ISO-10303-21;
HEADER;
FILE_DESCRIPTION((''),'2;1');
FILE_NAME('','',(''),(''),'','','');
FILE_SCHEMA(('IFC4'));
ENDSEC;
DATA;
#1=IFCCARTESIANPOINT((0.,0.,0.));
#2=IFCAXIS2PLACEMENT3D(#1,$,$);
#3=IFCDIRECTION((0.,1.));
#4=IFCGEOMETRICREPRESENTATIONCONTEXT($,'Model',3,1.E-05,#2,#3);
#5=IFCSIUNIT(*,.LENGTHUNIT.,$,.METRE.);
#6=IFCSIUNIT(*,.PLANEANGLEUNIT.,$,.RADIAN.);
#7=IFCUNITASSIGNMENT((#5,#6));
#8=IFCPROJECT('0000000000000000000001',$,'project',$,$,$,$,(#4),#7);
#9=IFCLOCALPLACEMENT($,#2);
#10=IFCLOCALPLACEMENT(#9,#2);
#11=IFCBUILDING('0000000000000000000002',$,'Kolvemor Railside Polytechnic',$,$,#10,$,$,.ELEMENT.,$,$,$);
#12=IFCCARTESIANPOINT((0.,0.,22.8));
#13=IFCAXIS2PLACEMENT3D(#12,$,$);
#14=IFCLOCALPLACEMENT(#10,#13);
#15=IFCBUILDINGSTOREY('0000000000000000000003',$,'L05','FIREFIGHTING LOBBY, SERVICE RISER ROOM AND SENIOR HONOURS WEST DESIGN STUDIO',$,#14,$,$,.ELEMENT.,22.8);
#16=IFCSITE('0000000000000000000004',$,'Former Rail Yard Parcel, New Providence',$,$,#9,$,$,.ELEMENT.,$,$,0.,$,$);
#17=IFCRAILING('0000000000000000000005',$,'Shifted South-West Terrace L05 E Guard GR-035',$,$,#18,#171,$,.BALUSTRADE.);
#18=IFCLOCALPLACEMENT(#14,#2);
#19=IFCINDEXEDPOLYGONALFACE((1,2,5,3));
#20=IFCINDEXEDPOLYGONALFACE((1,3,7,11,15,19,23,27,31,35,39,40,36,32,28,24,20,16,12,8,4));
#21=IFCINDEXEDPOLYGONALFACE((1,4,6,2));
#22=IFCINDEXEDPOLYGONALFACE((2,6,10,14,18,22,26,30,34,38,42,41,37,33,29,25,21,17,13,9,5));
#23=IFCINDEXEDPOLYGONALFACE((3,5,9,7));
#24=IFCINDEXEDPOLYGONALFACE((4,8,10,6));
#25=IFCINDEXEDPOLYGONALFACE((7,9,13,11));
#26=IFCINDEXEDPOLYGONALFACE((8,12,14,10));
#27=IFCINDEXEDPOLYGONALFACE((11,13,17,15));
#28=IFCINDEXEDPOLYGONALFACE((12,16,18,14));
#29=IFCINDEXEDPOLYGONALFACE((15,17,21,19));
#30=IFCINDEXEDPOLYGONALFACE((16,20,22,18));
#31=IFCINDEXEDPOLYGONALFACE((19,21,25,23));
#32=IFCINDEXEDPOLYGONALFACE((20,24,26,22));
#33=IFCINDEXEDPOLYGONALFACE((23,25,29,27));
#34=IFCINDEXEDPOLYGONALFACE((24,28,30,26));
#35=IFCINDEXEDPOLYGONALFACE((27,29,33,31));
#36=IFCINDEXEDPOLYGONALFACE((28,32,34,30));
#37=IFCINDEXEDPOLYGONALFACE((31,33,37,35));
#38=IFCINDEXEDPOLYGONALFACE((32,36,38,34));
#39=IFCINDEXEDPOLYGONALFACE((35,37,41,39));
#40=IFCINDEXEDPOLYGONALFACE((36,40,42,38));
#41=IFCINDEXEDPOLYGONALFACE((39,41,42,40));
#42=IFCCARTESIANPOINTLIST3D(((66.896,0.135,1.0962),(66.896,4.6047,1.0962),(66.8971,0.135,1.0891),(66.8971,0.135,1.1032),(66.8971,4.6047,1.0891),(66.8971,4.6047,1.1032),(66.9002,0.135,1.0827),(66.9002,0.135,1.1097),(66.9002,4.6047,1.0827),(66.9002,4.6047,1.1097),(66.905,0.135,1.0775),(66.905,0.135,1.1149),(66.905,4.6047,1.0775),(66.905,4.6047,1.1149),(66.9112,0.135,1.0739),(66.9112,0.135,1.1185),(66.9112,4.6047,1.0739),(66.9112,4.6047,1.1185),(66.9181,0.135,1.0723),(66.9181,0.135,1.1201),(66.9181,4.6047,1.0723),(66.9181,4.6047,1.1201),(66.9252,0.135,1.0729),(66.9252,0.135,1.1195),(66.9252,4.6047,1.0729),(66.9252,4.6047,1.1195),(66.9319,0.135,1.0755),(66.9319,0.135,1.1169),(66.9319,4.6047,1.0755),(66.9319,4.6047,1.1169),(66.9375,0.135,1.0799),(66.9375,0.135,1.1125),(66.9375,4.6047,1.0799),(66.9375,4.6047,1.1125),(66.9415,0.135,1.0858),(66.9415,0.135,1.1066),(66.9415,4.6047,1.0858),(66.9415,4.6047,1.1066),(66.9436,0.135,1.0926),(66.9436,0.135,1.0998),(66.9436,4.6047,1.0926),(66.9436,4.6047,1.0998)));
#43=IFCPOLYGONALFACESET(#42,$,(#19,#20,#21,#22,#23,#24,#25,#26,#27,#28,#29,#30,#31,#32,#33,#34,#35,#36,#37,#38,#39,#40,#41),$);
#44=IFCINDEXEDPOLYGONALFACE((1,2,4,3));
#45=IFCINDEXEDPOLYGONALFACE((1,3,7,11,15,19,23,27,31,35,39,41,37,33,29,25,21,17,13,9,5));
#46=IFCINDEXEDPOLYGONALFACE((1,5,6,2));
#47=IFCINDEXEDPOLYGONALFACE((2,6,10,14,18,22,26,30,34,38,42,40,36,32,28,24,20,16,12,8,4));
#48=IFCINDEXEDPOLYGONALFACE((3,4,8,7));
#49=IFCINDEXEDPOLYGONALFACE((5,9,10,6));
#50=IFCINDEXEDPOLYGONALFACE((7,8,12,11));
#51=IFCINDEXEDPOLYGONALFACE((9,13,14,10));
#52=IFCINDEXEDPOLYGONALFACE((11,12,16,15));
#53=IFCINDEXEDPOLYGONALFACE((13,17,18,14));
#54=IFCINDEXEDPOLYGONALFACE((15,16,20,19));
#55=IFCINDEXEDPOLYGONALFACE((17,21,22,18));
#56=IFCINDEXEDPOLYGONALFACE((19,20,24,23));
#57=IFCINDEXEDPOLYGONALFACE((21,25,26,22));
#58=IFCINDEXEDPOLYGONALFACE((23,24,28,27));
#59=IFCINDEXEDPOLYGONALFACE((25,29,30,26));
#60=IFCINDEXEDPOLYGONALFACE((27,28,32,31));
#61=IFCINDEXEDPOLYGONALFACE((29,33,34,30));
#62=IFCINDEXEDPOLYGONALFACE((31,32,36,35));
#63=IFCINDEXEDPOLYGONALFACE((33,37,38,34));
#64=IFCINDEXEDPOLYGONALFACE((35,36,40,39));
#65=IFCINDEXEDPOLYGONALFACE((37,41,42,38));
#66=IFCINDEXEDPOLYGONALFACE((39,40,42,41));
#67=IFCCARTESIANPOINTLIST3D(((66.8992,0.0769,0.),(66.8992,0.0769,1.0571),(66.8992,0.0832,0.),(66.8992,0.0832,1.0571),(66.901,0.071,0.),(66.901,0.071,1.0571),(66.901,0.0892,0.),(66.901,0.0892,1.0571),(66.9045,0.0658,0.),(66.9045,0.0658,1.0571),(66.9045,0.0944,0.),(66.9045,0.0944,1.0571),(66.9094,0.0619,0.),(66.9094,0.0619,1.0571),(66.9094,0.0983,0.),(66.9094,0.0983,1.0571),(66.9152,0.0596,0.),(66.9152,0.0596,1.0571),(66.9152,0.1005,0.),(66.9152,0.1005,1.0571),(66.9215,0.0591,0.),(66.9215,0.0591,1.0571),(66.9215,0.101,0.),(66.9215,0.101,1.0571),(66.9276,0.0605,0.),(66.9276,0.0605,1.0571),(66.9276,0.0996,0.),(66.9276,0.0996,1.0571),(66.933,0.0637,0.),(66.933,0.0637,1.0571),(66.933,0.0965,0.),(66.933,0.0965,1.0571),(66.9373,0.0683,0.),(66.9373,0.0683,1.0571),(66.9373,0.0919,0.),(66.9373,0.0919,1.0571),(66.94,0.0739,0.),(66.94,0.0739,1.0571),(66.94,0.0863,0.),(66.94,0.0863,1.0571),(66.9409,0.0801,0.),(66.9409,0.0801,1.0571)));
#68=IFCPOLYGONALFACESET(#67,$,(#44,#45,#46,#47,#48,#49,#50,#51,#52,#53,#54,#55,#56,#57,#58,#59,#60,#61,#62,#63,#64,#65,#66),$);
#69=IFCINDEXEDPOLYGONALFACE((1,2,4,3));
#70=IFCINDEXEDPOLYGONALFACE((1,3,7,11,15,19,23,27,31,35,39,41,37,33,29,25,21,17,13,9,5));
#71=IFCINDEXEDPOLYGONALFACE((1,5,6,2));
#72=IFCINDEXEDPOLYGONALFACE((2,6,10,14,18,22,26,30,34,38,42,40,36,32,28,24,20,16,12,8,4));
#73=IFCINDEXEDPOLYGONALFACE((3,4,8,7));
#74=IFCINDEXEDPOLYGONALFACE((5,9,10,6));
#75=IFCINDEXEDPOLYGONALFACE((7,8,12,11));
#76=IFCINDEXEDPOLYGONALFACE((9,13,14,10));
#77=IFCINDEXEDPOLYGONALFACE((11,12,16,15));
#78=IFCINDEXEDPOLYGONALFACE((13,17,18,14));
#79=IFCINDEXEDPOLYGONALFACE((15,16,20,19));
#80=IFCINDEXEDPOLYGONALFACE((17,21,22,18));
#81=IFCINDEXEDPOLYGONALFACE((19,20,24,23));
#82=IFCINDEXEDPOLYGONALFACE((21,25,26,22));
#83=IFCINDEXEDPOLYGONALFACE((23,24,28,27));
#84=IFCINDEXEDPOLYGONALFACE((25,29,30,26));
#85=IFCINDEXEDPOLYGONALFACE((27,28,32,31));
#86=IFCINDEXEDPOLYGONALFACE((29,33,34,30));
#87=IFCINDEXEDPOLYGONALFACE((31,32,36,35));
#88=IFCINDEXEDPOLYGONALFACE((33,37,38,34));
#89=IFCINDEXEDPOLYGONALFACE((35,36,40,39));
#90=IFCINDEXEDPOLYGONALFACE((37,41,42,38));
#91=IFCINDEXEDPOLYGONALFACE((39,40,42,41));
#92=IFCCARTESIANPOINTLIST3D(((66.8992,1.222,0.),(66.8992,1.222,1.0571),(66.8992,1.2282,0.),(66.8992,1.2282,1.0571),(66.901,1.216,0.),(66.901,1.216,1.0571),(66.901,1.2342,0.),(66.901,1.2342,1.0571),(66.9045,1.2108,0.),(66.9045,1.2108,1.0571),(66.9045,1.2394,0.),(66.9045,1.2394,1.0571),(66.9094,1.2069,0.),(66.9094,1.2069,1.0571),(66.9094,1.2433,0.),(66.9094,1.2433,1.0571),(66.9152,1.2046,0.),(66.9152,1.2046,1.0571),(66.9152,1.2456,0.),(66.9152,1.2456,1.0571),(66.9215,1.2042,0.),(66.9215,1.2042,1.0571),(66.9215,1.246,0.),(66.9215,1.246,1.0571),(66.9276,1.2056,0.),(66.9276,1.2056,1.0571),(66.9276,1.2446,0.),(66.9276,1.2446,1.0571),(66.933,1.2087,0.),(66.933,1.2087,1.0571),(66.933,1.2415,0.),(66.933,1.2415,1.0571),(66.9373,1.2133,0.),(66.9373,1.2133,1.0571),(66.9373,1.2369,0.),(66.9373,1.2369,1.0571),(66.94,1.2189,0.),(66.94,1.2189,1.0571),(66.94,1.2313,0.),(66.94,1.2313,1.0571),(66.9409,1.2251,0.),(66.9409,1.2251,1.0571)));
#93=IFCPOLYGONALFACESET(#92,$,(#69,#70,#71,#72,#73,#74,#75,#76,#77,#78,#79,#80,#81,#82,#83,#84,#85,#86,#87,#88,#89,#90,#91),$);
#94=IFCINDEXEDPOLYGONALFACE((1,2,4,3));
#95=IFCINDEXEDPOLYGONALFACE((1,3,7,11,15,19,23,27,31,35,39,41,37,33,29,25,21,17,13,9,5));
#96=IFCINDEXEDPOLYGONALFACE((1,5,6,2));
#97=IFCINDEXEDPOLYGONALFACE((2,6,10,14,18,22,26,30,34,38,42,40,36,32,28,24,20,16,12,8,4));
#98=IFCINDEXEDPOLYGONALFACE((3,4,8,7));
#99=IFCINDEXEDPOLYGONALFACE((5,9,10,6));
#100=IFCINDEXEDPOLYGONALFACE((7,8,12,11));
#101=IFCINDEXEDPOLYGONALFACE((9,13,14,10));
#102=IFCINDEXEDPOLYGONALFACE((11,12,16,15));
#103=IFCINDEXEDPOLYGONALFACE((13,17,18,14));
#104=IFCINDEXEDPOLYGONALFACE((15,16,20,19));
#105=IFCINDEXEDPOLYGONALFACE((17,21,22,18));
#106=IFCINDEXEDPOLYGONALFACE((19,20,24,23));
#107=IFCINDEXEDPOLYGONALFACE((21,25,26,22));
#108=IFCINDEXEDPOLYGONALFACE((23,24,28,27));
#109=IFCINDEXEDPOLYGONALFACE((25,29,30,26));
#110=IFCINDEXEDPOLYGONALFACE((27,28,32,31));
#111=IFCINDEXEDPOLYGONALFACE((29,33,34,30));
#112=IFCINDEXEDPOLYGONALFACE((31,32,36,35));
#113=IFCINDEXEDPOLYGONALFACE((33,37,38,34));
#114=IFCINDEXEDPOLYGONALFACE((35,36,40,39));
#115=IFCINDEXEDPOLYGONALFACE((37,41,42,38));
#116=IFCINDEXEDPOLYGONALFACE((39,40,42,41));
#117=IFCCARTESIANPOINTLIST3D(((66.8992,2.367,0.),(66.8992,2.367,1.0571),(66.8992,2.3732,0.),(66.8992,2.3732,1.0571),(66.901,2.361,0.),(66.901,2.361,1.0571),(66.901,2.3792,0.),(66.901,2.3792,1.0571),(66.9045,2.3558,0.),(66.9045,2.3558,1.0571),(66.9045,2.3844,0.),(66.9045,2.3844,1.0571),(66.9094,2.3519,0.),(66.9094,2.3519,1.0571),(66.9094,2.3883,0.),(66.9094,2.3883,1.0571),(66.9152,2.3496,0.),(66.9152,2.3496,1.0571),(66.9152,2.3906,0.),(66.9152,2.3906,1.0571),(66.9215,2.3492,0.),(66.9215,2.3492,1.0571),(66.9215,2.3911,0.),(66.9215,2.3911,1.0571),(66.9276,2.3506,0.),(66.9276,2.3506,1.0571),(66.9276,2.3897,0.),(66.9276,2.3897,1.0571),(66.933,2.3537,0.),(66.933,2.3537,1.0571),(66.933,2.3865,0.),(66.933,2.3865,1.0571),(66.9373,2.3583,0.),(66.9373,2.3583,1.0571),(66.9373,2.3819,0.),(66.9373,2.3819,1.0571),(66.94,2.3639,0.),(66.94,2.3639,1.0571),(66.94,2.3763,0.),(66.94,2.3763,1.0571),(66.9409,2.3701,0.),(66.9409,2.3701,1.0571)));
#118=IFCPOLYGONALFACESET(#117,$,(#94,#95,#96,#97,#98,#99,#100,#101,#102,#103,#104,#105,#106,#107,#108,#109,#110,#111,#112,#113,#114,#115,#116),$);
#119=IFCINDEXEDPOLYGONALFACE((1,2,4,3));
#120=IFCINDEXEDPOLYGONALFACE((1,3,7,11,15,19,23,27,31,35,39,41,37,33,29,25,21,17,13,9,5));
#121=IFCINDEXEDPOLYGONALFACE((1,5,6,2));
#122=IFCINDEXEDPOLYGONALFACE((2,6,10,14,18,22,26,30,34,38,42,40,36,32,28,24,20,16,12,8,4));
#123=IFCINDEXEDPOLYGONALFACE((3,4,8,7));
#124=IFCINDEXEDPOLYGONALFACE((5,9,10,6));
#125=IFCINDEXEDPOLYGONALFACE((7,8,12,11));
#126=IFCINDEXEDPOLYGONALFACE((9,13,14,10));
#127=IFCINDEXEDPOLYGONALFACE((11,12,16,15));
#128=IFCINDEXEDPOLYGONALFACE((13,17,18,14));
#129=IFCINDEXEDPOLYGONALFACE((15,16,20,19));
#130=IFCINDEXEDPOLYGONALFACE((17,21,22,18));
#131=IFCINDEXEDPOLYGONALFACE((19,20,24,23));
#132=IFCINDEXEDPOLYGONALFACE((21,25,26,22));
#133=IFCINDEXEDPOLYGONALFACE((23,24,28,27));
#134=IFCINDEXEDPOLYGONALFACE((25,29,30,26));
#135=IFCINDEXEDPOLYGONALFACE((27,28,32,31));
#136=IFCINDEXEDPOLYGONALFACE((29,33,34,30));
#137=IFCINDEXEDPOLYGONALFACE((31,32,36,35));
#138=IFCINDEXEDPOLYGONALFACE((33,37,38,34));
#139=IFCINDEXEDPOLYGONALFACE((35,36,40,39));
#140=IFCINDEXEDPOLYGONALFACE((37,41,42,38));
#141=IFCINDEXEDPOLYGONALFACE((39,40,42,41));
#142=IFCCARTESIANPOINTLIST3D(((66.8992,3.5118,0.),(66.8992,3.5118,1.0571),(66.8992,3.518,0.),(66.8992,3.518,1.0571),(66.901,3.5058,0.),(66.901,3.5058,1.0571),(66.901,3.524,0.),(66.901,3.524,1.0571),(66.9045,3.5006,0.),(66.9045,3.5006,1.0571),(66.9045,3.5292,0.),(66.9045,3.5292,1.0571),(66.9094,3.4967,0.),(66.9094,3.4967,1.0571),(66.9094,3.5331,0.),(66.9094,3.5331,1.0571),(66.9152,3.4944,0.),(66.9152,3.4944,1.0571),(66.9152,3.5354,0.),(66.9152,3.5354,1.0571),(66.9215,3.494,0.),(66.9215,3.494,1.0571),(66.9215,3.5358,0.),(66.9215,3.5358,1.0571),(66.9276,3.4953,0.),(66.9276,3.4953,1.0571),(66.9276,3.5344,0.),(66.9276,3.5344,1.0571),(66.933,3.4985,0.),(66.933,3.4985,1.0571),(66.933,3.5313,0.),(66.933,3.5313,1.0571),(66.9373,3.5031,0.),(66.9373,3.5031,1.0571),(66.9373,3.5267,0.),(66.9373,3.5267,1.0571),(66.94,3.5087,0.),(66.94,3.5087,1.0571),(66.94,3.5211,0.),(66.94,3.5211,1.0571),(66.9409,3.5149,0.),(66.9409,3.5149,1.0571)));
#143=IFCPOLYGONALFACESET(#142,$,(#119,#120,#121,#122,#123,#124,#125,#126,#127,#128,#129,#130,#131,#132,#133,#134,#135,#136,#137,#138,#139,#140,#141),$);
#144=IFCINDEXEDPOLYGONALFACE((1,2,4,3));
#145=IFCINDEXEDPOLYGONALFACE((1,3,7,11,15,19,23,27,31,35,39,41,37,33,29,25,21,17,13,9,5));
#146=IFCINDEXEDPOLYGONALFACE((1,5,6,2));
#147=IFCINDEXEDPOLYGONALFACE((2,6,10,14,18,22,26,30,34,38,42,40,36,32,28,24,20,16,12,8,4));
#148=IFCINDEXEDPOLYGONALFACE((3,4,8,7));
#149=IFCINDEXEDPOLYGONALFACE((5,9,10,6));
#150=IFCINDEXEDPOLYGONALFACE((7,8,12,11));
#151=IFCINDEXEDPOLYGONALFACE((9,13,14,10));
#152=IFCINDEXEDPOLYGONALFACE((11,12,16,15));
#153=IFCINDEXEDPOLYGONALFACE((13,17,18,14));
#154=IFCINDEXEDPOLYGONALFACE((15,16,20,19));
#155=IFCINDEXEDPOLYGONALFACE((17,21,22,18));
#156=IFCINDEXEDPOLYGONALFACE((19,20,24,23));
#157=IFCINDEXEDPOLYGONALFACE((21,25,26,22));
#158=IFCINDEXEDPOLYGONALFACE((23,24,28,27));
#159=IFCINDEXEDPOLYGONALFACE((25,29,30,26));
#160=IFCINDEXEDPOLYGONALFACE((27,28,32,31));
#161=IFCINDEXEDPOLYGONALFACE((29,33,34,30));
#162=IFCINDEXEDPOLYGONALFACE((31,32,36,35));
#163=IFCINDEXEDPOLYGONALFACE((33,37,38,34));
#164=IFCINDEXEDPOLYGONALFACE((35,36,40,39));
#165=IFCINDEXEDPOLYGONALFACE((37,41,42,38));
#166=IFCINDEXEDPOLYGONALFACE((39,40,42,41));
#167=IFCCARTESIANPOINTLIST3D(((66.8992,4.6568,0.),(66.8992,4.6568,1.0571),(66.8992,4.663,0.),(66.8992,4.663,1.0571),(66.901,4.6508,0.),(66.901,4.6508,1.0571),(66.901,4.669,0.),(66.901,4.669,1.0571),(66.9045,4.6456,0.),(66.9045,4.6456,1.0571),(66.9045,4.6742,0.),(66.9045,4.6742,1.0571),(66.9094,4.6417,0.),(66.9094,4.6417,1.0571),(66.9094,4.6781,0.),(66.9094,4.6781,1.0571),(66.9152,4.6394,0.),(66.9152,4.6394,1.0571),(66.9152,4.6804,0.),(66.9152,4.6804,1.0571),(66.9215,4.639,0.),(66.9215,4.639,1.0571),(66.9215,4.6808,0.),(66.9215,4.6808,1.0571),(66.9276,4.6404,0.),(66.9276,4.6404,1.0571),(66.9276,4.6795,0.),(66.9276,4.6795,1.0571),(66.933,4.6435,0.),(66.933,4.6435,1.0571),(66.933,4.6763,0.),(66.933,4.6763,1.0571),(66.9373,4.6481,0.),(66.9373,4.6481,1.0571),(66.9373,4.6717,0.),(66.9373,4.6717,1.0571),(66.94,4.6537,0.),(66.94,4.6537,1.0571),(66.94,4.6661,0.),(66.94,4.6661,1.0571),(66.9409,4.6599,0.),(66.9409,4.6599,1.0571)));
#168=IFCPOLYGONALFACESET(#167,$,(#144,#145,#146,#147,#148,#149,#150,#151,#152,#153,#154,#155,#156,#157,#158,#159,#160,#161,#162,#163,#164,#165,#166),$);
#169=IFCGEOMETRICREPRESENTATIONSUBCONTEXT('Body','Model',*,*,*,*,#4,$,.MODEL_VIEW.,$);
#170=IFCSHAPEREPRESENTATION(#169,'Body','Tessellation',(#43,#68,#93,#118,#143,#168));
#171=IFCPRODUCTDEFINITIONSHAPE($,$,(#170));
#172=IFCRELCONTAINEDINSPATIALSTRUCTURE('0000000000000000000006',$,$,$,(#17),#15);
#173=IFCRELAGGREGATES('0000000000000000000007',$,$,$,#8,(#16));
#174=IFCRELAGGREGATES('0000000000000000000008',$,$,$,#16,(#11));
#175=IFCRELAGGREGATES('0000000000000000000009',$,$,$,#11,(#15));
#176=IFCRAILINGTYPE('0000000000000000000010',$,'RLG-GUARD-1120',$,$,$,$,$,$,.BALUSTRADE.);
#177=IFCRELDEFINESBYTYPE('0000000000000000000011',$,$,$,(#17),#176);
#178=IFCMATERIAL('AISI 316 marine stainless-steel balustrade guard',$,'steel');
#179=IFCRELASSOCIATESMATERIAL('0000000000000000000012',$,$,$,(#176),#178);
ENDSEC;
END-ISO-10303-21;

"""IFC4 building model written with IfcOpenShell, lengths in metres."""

from ifc_helpers import new_model, si_unit, direction, frame, origin, origin_2d, place, context, subcontext, project, spatial, circle, extrude, material, type_object, element, save


model = new_model("IFC4")

# Units and contexts
model_context = context("Model", 3, precision=1e-05, world=origin(), true_north=direction((0.0, 1.0)))
body_context = subcontext(model_context, "Body", "Model", "MODEL_VIEW")
ifc_project = project(units=[si_unit("LENGTHUNIT", "METRE"), si_unit("PLANEANGLEUNIT", "RADIAN")], contexts=[model_context])

# Site, building, storey
site_placement = place(None, origin())
site = spatial("IfcSite", under=ifc_project, at=site_placement, Name="Former Rail Yard Parcel, New Providence", CompositionType="ELEMENT", RefElevation=0.0)
building_placement = place(site_placement, origin())
building = spatial("IfcBuilding", under=site, at=building_placement, Name="Kolvemor Railside Polytechnic", CompositionType="ELEMENT")
storey_placement = place(building_placement, frame((0.0, 0.0, 22.8)))
storey = spatial("IfcBuildingStorey", under=building, at=storey_placement, Name="L05", Description="FIREFIGHTING LOBBY, SERVICE RISER ROOM AND SENIOR HONOURS WEST DESIGN STUDIO", CompositionType="ELEMENT", Elevation=22.8)

# Railing
ifc_material_1 = material(Name="AISI 316 marine stainless-steel balustrade guard", Category="steel")
railing_type = type_object("IfcRailingType", Name="RLG-GUARD-1120", PredefinedType="BALUSTRADE", material=ifc_material_1)
railing_1_placement = place(storey_placement, frame((66.9199, 0.0801, 0.0)))
element("IfcRailing", 1, at=railing_1_placement, inside=storey, type_object=railing_type, Name="Shifted South-West Terrace L05 E Guard GR-035", PredefinedType="BALUSTRADE", context=body_context, shape_type="SweptSolid", body=[
    extrude(circle(Radius=0.0239, at=origin_2d()), frame((0.0, 0.0549, 1.0962), z_axis=(0.0, 1.0, 0.0), x_axis=(-1.0, 0.0, 0.0)), (0.0, 0.0, 1.0), 4.4697),
    extrude(circle(Radius=0.021, at=origin_2d()), origin(), (0.0, 0.0, 1.0), 1.0571),
    extrude(circle(Radius=0.021, at=origin_2d()), frame((0.0, 1.145, 0.0)), (0.0, 0.0, 1.0), 1.0571),
    extrude(circle(Radius=0.021, at=origin_2d()), frame((0.0, 2.29, 0.0)), (0.0, 0.0, 1.0), 1.0571),
    extrude(circle(Radius=0.021, at=origin_2d()), frame((0.0, 3.4348, 0.0)), (0.0, 0.0, 1.0), 1.0571),
    extrude(circle(Radius=0.021, at=origin_2d()), frame((0.0, 4.5798, 0.0)), (0.0, 0.0, 1.0), 1.0571),
])

save(model, "model.ifc")
